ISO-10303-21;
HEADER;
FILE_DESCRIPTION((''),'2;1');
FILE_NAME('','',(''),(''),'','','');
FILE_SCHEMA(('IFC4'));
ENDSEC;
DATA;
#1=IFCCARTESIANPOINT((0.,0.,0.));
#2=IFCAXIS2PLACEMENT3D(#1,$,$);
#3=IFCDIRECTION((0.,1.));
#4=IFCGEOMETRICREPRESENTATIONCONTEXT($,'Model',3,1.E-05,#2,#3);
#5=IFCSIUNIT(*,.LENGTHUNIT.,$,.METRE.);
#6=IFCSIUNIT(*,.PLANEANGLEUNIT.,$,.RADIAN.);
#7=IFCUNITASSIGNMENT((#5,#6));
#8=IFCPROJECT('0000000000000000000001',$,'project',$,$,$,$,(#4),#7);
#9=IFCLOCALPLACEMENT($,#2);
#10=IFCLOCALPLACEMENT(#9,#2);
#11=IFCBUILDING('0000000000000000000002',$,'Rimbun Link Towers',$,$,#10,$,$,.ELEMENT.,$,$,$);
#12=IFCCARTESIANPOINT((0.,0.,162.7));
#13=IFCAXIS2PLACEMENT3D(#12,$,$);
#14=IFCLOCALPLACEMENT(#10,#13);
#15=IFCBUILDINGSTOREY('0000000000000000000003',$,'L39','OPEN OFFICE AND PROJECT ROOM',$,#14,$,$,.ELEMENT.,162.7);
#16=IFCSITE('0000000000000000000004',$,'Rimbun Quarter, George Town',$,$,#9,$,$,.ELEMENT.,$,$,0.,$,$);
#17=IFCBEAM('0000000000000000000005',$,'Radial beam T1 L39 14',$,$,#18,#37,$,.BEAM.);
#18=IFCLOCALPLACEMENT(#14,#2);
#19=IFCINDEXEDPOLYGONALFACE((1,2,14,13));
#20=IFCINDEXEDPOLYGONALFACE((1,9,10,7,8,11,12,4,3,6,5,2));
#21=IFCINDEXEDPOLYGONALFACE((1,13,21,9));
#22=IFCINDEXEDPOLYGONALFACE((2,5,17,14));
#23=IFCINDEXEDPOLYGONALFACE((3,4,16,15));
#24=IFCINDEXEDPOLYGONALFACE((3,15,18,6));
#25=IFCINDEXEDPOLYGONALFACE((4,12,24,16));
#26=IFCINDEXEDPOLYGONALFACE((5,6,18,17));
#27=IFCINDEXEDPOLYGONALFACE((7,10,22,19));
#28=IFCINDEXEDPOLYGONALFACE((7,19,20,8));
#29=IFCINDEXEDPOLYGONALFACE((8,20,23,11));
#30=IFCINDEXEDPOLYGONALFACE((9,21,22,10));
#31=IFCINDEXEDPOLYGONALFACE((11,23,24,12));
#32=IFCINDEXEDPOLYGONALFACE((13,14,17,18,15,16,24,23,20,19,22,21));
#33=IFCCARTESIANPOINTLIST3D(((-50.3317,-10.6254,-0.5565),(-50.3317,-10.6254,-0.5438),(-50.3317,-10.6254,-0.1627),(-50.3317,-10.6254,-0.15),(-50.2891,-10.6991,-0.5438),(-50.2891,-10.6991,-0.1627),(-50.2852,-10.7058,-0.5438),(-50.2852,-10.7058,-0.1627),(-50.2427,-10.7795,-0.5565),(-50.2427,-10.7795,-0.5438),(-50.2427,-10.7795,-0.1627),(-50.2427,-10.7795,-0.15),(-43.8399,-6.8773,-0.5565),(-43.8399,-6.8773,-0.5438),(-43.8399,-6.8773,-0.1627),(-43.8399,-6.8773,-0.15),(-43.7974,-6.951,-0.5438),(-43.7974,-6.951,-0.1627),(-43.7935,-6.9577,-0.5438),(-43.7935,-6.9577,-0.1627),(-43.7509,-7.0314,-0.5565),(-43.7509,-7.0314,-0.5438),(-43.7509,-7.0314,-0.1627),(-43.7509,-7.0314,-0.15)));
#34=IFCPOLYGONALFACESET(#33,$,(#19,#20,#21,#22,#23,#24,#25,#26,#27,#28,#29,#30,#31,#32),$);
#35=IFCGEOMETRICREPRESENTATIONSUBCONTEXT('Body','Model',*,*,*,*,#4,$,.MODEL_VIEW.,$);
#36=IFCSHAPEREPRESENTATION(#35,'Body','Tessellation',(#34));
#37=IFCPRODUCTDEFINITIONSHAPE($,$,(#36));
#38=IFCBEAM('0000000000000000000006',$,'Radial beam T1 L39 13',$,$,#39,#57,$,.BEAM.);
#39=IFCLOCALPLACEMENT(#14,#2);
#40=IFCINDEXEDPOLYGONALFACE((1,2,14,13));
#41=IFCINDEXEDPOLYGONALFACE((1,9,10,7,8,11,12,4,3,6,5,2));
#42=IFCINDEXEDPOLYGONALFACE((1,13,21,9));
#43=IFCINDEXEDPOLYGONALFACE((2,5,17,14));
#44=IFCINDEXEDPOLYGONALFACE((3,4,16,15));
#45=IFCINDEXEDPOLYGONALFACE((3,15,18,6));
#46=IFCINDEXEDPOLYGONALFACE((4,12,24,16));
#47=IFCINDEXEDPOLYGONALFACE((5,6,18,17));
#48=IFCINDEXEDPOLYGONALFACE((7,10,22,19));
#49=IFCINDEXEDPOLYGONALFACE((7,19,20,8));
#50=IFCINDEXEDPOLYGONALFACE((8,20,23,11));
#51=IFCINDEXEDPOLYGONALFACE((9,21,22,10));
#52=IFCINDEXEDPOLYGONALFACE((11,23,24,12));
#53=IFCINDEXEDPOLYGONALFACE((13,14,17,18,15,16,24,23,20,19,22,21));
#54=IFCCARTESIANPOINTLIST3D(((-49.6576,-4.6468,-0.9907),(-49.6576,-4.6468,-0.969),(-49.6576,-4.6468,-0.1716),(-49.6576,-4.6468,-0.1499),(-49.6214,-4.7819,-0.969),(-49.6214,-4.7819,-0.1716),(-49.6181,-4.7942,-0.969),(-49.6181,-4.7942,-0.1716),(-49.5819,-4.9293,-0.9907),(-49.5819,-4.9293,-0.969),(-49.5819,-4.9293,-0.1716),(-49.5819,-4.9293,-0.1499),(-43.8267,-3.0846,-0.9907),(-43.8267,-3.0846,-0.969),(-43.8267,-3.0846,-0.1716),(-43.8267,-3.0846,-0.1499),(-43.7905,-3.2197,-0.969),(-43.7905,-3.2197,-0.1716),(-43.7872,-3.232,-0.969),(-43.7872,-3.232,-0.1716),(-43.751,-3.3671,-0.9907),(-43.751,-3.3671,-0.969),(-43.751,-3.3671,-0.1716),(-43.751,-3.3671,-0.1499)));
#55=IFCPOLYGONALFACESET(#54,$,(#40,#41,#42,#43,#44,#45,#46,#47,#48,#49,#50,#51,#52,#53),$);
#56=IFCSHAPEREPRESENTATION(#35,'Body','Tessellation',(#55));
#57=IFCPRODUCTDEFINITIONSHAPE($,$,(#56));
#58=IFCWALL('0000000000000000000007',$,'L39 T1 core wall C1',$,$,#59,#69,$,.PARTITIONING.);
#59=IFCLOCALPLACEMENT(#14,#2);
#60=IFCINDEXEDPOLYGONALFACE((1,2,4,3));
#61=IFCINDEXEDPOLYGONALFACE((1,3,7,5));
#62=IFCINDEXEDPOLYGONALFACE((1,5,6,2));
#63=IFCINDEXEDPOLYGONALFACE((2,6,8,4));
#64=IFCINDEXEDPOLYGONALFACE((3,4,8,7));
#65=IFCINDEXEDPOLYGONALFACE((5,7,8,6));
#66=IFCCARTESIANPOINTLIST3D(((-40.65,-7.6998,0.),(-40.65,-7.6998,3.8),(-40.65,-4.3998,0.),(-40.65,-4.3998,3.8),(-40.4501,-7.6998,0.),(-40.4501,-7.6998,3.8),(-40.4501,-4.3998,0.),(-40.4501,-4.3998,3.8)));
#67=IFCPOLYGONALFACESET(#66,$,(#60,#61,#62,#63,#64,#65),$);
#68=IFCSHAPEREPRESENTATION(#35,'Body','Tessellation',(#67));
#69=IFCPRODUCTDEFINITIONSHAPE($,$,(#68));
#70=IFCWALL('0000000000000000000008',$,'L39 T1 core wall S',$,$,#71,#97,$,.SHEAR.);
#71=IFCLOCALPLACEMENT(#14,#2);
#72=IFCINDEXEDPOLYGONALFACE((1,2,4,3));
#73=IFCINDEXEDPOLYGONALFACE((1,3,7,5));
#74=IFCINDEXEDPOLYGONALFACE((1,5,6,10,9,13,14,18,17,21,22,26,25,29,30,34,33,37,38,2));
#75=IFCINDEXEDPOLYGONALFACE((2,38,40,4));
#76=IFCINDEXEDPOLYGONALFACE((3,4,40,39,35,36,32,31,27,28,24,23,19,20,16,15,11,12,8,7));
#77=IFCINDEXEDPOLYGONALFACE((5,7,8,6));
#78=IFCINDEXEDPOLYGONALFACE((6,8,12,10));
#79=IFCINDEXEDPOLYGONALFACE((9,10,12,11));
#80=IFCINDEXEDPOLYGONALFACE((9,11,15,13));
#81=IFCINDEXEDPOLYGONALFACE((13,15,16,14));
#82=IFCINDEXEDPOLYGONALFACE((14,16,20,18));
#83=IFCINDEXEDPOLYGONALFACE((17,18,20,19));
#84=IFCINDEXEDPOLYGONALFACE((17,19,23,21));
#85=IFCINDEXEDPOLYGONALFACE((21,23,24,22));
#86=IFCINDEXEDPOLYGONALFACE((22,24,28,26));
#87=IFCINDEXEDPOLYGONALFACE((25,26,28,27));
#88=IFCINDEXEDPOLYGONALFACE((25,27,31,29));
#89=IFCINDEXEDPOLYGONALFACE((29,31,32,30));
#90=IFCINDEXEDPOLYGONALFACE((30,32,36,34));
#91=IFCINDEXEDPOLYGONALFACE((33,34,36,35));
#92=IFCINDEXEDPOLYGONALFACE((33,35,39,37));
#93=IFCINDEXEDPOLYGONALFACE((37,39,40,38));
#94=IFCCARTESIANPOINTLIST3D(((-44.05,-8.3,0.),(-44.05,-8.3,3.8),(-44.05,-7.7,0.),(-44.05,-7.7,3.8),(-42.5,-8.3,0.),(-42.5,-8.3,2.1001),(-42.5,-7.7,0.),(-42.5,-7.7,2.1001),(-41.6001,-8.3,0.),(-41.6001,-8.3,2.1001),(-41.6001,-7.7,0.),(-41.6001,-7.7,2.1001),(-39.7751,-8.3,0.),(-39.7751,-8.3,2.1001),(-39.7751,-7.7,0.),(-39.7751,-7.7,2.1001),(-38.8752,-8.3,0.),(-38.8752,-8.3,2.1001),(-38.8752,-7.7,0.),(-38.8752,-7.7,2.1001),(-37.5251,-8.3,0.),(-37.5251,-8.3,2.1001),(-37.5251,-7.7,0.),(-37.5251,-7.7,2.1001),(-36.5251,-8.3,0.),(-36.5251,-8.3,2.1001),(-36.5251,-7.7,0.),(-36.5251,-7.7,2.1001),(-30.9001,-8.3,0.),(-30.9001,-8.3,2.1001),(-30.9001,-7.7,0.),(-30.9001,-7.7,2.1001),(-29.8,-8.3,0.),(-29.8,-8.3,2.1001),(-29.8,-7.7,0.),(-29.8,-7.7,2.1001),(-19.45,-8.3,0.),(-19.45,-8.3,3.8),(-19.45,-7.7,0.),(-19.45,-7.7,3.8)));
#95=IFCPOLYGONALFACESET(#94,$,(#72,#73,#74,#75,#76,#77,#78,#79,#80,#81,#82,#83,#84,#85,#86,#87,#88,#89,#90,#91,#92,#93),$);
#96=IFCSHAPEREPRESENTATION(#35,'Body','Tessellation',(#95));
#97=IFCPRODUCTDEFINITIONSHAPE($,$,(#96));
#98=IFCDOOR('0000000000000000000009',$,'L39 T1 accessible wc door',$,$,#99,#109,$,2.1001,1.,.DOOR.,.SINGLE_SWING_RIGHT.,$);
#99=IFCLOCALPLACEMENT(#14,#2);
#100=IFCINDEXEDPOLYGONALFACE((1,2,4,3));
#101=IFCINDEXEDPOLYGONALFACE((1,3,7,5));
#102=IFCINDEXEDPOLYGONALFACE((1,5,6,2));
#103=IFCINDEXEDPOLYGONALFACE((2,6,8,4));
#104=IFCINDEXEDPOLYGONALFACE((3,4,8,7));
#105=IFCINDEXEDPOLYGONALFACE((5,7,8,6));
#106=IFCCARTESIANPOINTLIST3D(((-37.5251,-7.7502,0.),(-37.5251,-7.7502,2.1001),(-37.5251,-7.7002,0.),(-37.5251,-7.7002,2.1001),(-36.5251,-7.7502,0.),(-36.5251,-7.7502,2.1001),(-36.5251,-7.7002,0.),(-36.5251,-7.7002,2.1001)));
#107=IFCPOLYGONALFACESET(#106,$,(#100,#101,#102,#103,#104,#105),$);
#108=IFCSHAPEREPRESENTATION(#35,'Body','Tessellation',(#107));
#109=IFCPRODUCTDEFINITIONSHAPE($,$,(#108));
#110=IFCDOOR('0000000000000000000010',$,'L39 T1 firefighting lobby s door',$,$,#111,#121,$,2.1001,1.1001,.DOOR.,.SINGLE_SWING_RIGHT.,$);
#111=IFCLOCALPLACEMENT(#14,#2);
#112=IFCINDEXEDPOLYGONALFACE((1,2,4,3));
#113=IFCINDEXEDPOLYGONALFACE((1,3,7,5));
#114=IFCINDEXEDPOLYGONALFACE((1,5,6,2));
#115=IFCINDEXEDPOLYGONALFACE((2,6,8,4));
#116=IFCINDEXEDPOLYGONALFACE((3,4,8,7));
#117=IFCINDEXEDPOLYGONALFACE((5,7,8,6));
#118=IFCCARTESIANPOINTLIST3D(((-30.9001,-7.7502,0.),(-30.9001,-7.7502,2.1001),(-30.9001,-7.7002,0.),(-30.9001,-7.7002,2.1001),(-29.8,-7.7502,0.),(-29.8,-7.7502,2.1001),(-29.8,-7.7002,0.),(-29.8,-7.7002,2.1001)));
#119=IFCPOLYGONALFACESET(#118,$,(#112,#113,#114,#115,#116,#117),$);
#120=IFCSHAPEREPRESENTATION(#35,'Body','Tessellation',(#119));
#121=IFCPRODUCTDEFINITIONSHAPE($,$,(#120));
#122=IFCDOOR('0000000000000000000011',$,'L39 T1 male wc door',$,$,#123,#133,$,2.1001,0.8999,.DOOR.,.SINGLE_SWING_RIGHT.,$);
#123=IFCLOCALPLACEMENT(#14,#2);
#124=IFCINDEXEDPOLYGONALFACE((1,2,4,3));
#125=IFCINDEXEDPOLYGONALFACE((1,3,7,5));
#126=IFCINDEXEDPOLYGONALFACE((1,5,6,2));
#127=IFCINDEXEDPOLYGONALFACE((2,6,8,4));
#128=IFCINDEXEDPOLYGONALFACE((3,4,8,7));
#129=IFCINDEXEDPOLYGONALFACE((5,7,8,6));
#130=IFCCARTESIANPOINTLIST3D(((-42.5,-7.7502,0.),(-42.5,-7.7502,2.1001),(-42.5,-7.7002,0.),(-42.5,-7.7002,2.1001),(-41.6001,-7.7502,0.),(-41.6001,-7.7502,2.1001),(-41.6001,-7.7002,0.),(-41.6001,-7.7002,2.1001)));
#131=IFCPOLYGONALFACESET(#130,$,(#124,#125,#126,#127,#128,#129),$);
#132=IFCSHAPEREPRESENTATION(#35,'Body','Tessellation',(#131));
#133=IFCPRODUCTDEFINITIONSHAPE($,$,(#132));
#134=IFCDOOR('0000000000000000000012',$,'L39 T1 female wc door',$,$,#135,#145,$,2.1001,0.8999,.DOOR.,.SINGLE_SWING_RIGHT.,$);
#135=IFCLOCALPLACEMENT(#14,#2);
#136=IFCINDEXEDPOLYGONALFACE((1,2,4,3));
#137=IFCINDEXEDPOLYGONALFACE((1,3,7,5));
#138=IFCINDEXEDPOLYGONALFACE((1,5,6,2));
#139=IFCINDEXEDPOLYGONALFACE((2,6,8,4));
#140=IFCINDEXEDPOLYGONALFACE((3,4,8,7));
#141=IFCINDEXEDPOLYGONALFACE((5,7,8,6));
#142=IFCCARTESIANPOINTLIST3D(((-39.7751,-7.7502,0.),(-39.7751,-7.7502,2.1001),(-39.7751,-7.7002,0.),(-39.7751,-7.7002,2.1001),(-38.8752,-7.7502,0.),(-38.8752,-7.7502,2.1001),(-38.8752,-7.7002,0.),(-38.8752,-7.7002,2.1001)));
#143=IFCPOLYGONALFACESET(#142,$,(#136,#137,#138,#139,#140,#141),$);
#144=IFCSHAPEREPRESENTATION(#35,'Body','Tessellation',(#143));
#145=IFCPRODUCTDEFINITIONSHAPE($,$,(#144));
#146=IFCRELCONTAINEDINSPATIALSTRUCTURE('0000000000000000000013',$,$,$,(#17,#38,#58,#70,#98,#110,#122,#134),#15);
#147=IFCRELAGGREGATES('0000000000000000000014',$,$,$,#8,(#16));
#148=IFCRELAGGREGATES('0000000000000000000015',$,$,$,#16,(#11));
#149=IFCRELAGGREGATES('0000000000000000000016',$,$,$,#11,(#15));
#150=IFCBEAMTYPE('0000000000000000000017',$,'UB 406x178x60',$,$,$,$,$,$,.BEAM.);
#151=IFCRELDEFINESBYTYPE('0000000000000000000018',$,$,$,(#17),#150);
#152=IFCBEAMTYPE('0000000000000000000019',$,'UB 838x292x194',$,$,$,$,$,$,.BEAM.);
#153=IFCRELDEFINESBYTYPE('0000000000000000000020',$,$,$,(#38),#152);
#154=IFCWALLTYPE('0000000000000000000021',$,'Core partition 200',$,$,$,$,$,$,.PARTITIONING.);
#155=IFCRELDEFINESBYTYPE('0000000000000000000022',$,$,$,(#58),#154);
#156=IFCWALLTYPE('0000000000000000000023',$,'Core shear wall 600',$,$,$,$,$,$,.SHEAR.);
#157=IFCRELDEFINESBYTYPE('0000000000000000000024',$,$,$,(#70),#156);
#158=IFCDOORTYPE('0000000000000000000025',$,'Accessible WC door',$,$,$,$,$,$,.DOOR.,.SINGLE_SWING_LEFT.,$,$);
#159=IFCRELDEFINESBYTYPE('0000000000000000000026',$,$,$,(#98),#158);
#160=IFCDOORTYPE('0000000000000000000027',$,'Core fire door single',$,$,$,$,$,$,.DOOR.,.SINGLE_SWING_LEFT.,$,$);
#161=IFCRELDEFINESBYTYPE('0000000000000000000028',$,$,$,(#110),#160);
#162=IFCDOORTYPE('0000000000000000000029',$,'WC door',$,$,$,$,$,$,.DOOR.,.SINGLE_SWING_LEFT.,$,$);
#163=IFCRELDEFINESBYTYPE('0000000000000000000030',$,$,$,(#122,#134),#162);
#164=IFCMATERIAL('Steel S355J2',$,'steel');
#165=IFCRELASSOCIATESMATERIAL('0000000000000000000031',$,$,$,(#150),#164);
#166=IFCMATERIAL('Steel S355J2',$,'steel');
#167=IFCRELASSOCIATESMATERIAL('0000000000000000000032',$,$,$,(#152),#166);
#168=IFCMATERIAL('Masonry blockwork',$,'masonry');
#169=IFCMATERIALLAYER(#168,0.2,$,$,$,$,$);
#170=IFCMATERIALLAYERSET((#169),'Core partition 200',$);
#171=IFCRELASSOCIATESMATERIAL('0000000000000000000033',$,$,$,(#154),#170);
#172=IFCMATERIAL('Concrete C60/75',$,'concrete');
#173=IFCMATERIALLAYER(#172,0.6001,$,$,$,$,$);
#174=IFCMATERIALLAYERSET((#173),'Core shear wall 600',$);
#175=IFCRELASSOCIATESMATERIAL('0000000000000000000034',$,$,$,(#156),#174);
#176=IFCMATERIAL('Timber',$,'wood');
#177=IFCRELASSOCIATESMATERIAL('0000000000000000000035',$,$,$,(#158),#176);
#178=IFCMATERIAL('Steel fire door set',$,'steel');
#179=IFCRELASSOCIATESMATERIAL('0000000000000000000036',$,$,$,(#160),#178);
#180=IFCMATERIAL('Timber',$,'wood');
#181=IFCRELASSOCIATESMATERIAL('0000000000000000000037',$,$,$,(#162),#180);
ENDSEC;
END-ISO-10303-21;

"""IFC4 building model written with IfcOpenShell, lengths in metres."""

from ifc_helpers import new_model, si_unit, direction, frame, frame_2d, origin, origin_2d, place, context, subcontext, project, spatial, rectangle, i_section, extrude, material, layer, layer_set, material_profile, profile_set, type_object, element, fill, save


model = new_model("IFC4")

# Units and contexts
model_context = context("Model", 3, precision=1e-05, world=origin(), true_north=direction((0.0, 1.0)))
body_context = subcontext(model_context, "Body", "Model", "MODEL_VIEW")
ifc_project = project(units=[si_unit("LENGTHUNIT", "METRE"), si_unit("PLANEANGLEUNIT", "RADIAN")], contexts=[model_context])

# Site, building, storey
site_placement = place(None, origin())
site = spatial("IfcSite", under=ifc_project, at=site_placement, Name="Rimbun Quarter, George Town", CompositionType="ELEMENT", RefElevation=0.0)
building_placement = place(site_placement, origin())
building = spatial("IfcBuilding", under=site, at=building_placement, Name="Rimbun Link Towers", CompositionType="ELEMENT")
storey_placement = place(building_placement, frame((0.0, 0.0, 162.7)))
storey = spatial("IfcBuildingStorey", under=building, at=storey_placement, Name="L39", Description="OPEN OFFICE AND PROJECT ROOM", CompositionType="ELEMENT", Elevation=162.7)

# Beams
ifc_material_1 = material(Name="Steel S355J2", Category="steel")
ifc_material_profile_1 = material_profile(ifc_material_1, i_section(OverallWidth=0.178, OverallDepth=0.4065, WebThickness=0.0078, FlangeThickness=0.0127, at=origin_2d()), Name="UB 406x178x60")
ifc_profile_set_1 = profile_set([ifc_material_profile_1], Name="Steel S355J2")
beam_type_1 = type_object("IfcBeamType", Name="UB 406x178x60", PredefinedType="BEAM", material=ifc_profile_set_1)
beam_1_placement = place(storey_placement, frame((-43.7954, -6.9543, -0.3533), z_axis=(-0.866022, -0.500006, 0.0), x_axis=(0.500006, -0.866022, 0.0)))
element("IfcBeam", 1, at=beam_1_placement, inside=storey, type_object=beam_type_1, Name="Radial beam T1 L39 14", PredefinedType="BEAM", context=body_context, shape_type="SweptSolid", body=[
    extrude(i_section(OverallWidth=0.178, OverallDepth=0.4065, WebThickness=0.0078, FlangeThickness=0.0127, at=origin_2d()), origin(), (0.0, 0.0, 1.0), 7.4961),
])
ifc_material_2 = material(Name="Steel S355J2", Category="steel")
ifc_material_profile_2 = material_profile(ifc_material_2, i_section(OverallWidth=0.2925, OverallDepth=0.8408, WebThickness=0.0127, FlangeThickness=0.0217, at=origin_2d()), Name="UB 838x292x194")
ifc_profile_set_2 = profile_set([ifc_material_profile_2], Name="Steel S355J2")
beam_type_2 = type_object("IfcBeamType", Name="UB 838x292x194", PredefinedType="BEAM", material=ifc_profile_set_2)
beam_2_placement = place(storey_placement, frame((-43.7888, -3.2258, -0.5703), z_axis=(-0.965933, -0.258793, 0.0), x_axis=(0.258793, -0.965933, 0.0)))
element("IfcBeam", 2, at=beam_2_placement, inside=storey, type_object=beam_type_2, Name="Radial beam T1 L39 13", PredefinedType="BEAM", context=body_context, shape_type="SweptSolid", body=[
    extrude(i_section(OverallWidth=0.2925, OverallDepth=0.8408, WebThickness=0.0127, FlangeThickness=0.0217, at=origin_2d()), origin(), (0.0, 0.0, 1.0), 6.0366),
])

# Wall
ifc_material_3 = material(Name="Masonry blockwork", Category="masonry")
ifc_layer_1 = layer(ifc_material_3, 0.2)
ifc_layer_set_1 = layer_set([ifc_layer_1], Name="Core partition 200")
wall_type_1 = type_object("IfcWallType", Name="Core partition 200", PredefinedType="PARTITIONING", material=ifc_layer_set_1)
wall_1_placement = place(storey_placement, frame((-40.55, -4.3999, 0.0), z_axis=(0.0, 0.0, 1.0), x_axis=(0.0, -1.0, 0.0)))
element("IfcWall", 3, at=wall_1_placement, inside=storey, type_object=wall_type_1, Name="L39 T1 core wall C1", PredefinedType="PARTITIONING", context=body_context, shape_type="SweptSolid", body=[
    extrude(rectangle(XDim=3.3, YDim=0.2, at=frame_2d((1.6499, 0.0))), origin(), (0.0, 0.0, 1.0), 3.8),
])

# Wall, openings, doors
ifc_material_4 = material(Name="Concrete C60/75", Category="concrete")
ifc_layer_2 = layer(ifc_material_4, 0.6001)
ifc_layer_set_2 = layer_set([ifc_layer_2], Name="Core shear wall 600")
wall_type_2 = type_object("IfcWallType", Name="Core shear wall 600", PredefinedType="SHEAR", material=ifc_layer_set_2)
wall_2_placement = place(storey_placement, frame((-44.05, -8.0, 0.0), z_axis=(0.0, 0.0, 1.0), x_axis=(1.0, 0.0, 0.0)))
wall_2 = element("IfcWall", 4, at=wall_2_placement, inside=storey, type_object=wall_type_2, Name="L39 T1 core wall S", PredefinedType="SHEAR", context=body_context, shape_type="SweptSolid", body=[
    extrude(rectangle(XDim=24.6001, YDim=0.6001, at=frame_2d((12.3, 0.0))), origin(), (0.0, 0.0, 1.0), 3.8),
])
opening_1_placement = place(wall_2_placement, frame((13.1499, 0.0, 0.0)))
opening_1 = element("IfcOpeningElement", 5, at=opening_1_placement, cuts=wall_2, PredefinedType="OPENING", context=body_context, shape_type="SweptSolid", body=[
    extrude(rectangle(XDim=1.1001, YDim=2.1001, at=frame_2d((0.55, 1.05))), frame((0.0, 0.3101, 0.0), z_axis=(0.0, -1.0, 0.0), x_axis=(1.0, 0.0, 0.0)), (0.0, 0.0, 1.0), 0.6201),
])
opening_2_placement = place(wall_2_placement, frame((1.55, 0.0, 0.0)))
opening_2 = element("IfcOpeningElement", 6, at=opening_2_placement, cuts=wall_2, PredefinedType="OPENING", context=body_context, shape_type="SweptSolid", body=[
    extrude(rectangle(XDim=0.8999, YDim=2.1001, at=frame_2d((0.45, 1.05))), frame((0.0, 0.3101, 0.0), z_axis=(0.0, -1.0, 0.0), x_axis=(1.0, 0.0, 0.0)), (0.0, 0.0, 1.0), 0.6201),
])
opening_3_placement = place(wall_2_placement, frame((4.2749, 0.0, 0.0)))
opening_3 = element("IfcOpeningElement", 7, at=opening_3_placement, cuts=wall_2, PredefinedType="OPENING", context=body_context, shape_type="SweptSolid", body=[
    extrude(rectangle(XDim=0.8999, YDim=2.1001, at=frame_2d((0.45, 1.05))), frame((0.0, 0.3101, 0.0), z_axis=(0.0, -1.0, 0.0), x_axis=(1.0, 0.0, 0.0)), (0.0, 0.0, 1.0), 0.6201),
])
opening_4_placement = place(wall_2_placement, frame((6.5249, 0.0, 0.0)))
opening_4 = element("IfcOpeningElement", 8, at=opening_4_placement, cuts=wall_2, PredefinedType="OPENING", context=body_context, shape_type="SweptSolid", body=[
    extrude(rectangle(XDim=1.0, YDim=2.1001, at=frame_2d((0.5, 1.05))), frame((0.0, 0.3101, 0.0), z_axis=(0.0, -1.0, 0.0), x_axis=(1.0, 0.0, 0.0)), (0.0, 0.0, 1.0), 0.6201),
])
ifc_material_5 = material(Name="Timber", Category="wood")
door_type_1 = type_object("IfcDoorType", Name="Accessible WC door", OperationType="SINGLE_SWING_LEFT", PredefinedType="DOOR", material=ifc_material_5)
door_1_placement = place(opening_4_placement, origin())
door_1 = element("IfcDoor", 9, at=door_1_placement, inside=storey, type_object=door_type_1, Name="L39 T1 accessible wc door", OperationType="SINGLE_SWING_RIGHT", OverallHeight=2.1001, OverallWidth=1.0, PredefinedType="DOOR", context=body_context, shape_type="SweptSolid", body=[
    extrude(rectangle(XDim=1.0, YDim=2.1001, at=frame_2d((0.5, 1.05))), frame((0.0, 0.2998, 0.0), z_axis=(0.0, -1.0, 0.0), x_axis=(1.0, 0.0, 0.0)), (0.0, 0.0, 1.0), 0.05),
])
fill(opening_4, door_1)
ifc_material_6 = material(Name="Steel fire door set", Category="steel")
door_type_2 = type_object("IfcDoorType", Name="Core fire door single", OperationType="SINGLE_SWING_LEFT", PredefinedType="DOOR", material=ifc_material_6)
door_2_placement = place(opening_1_placement, origin())
door_2 = element("IfcDoor", 10, at=door_2_placement, inside=storey, type_object=door_type_2, Name="L39 T1 firefighting lobby s door", OperationType="SINGLE_SWING_RIGHT", OverallHeight=2.1001, OverallWidth=1.1001, PredefinedType="DOOR", context=body_context, shape_type="SweptSolid", body=[
    extrude(rectangle(XDim=1.1001, YDim=2.1001, at=frame_2d((0.55, 1.05))), frame((0.0, 0.2998, 0.0), z_axis=(0.0, -1.0, 0.0), x_axis=(1.0, 0.0, 0.0)), (0.0, 0.0, 1.0), 0.05),
])
fill(opening_1, door_2)
ifc_material_7 = material(Name="Timber", Category="wood")
door_type_3 = type_object("IfcDoorType", Name="WC door", OperationType="SINGLE_SWING_LEFT", PredefinedType="DOOR", material=ifc_material_7)
door_3_placement = place(opening_2_placement, origin())
door_3 = element("IfcDoor", 11, at=door_3_placement, inside=storey, type_object=door_type_3, Name="L39 T1 male wc door", OperationType="SINGLE_SWING_RIGHT", OverallHeight=2.1001, OverallWidth=0.8999, PredefinedType="DOOR", context=body_context, shape_type="SweptSolid", body=[
    extrude(rectangle(XDim=0.8999, YDim=2.1001, at=frame_2d((0.45, 1.05))), frame((0.0, 0.2998, 0.0), z_axis=(0.0, -1.0, 0.0), x_axis=(1.0, 0.0, 0.0)), (0.0, 0.0, 1.0), 0.05),
])
fill(opening_2, door_3)
door_4_placement = place(opening_3_placement, origin())
door_4 = element("IfcDoor", 12, at=door_4_placement, inside=storey, type_object=door_type_3, Name="L39 T1 female wc door", OperationType="SINGLE_SWING_RIGHT", OverallHeight=2.1001, OverallWidth=0.8999, PredefinedType="DOOR", context=body_context, shape_type="SweptSolid", body=[
    extrude(rectangle(XDim=0.8999, YDim=2.1001, at=frame_2d((0.45, 1.05))), frame((0.0, 0.2998, 0.0), z_axis=(0.0, -1.0, 0.0), x_axis=(1.0, 0.0, 0.0)), (0.0, 0.0, 1.0), 0.05),
])
fill(opening_3, door_4)

save(model, "model.ifc")
